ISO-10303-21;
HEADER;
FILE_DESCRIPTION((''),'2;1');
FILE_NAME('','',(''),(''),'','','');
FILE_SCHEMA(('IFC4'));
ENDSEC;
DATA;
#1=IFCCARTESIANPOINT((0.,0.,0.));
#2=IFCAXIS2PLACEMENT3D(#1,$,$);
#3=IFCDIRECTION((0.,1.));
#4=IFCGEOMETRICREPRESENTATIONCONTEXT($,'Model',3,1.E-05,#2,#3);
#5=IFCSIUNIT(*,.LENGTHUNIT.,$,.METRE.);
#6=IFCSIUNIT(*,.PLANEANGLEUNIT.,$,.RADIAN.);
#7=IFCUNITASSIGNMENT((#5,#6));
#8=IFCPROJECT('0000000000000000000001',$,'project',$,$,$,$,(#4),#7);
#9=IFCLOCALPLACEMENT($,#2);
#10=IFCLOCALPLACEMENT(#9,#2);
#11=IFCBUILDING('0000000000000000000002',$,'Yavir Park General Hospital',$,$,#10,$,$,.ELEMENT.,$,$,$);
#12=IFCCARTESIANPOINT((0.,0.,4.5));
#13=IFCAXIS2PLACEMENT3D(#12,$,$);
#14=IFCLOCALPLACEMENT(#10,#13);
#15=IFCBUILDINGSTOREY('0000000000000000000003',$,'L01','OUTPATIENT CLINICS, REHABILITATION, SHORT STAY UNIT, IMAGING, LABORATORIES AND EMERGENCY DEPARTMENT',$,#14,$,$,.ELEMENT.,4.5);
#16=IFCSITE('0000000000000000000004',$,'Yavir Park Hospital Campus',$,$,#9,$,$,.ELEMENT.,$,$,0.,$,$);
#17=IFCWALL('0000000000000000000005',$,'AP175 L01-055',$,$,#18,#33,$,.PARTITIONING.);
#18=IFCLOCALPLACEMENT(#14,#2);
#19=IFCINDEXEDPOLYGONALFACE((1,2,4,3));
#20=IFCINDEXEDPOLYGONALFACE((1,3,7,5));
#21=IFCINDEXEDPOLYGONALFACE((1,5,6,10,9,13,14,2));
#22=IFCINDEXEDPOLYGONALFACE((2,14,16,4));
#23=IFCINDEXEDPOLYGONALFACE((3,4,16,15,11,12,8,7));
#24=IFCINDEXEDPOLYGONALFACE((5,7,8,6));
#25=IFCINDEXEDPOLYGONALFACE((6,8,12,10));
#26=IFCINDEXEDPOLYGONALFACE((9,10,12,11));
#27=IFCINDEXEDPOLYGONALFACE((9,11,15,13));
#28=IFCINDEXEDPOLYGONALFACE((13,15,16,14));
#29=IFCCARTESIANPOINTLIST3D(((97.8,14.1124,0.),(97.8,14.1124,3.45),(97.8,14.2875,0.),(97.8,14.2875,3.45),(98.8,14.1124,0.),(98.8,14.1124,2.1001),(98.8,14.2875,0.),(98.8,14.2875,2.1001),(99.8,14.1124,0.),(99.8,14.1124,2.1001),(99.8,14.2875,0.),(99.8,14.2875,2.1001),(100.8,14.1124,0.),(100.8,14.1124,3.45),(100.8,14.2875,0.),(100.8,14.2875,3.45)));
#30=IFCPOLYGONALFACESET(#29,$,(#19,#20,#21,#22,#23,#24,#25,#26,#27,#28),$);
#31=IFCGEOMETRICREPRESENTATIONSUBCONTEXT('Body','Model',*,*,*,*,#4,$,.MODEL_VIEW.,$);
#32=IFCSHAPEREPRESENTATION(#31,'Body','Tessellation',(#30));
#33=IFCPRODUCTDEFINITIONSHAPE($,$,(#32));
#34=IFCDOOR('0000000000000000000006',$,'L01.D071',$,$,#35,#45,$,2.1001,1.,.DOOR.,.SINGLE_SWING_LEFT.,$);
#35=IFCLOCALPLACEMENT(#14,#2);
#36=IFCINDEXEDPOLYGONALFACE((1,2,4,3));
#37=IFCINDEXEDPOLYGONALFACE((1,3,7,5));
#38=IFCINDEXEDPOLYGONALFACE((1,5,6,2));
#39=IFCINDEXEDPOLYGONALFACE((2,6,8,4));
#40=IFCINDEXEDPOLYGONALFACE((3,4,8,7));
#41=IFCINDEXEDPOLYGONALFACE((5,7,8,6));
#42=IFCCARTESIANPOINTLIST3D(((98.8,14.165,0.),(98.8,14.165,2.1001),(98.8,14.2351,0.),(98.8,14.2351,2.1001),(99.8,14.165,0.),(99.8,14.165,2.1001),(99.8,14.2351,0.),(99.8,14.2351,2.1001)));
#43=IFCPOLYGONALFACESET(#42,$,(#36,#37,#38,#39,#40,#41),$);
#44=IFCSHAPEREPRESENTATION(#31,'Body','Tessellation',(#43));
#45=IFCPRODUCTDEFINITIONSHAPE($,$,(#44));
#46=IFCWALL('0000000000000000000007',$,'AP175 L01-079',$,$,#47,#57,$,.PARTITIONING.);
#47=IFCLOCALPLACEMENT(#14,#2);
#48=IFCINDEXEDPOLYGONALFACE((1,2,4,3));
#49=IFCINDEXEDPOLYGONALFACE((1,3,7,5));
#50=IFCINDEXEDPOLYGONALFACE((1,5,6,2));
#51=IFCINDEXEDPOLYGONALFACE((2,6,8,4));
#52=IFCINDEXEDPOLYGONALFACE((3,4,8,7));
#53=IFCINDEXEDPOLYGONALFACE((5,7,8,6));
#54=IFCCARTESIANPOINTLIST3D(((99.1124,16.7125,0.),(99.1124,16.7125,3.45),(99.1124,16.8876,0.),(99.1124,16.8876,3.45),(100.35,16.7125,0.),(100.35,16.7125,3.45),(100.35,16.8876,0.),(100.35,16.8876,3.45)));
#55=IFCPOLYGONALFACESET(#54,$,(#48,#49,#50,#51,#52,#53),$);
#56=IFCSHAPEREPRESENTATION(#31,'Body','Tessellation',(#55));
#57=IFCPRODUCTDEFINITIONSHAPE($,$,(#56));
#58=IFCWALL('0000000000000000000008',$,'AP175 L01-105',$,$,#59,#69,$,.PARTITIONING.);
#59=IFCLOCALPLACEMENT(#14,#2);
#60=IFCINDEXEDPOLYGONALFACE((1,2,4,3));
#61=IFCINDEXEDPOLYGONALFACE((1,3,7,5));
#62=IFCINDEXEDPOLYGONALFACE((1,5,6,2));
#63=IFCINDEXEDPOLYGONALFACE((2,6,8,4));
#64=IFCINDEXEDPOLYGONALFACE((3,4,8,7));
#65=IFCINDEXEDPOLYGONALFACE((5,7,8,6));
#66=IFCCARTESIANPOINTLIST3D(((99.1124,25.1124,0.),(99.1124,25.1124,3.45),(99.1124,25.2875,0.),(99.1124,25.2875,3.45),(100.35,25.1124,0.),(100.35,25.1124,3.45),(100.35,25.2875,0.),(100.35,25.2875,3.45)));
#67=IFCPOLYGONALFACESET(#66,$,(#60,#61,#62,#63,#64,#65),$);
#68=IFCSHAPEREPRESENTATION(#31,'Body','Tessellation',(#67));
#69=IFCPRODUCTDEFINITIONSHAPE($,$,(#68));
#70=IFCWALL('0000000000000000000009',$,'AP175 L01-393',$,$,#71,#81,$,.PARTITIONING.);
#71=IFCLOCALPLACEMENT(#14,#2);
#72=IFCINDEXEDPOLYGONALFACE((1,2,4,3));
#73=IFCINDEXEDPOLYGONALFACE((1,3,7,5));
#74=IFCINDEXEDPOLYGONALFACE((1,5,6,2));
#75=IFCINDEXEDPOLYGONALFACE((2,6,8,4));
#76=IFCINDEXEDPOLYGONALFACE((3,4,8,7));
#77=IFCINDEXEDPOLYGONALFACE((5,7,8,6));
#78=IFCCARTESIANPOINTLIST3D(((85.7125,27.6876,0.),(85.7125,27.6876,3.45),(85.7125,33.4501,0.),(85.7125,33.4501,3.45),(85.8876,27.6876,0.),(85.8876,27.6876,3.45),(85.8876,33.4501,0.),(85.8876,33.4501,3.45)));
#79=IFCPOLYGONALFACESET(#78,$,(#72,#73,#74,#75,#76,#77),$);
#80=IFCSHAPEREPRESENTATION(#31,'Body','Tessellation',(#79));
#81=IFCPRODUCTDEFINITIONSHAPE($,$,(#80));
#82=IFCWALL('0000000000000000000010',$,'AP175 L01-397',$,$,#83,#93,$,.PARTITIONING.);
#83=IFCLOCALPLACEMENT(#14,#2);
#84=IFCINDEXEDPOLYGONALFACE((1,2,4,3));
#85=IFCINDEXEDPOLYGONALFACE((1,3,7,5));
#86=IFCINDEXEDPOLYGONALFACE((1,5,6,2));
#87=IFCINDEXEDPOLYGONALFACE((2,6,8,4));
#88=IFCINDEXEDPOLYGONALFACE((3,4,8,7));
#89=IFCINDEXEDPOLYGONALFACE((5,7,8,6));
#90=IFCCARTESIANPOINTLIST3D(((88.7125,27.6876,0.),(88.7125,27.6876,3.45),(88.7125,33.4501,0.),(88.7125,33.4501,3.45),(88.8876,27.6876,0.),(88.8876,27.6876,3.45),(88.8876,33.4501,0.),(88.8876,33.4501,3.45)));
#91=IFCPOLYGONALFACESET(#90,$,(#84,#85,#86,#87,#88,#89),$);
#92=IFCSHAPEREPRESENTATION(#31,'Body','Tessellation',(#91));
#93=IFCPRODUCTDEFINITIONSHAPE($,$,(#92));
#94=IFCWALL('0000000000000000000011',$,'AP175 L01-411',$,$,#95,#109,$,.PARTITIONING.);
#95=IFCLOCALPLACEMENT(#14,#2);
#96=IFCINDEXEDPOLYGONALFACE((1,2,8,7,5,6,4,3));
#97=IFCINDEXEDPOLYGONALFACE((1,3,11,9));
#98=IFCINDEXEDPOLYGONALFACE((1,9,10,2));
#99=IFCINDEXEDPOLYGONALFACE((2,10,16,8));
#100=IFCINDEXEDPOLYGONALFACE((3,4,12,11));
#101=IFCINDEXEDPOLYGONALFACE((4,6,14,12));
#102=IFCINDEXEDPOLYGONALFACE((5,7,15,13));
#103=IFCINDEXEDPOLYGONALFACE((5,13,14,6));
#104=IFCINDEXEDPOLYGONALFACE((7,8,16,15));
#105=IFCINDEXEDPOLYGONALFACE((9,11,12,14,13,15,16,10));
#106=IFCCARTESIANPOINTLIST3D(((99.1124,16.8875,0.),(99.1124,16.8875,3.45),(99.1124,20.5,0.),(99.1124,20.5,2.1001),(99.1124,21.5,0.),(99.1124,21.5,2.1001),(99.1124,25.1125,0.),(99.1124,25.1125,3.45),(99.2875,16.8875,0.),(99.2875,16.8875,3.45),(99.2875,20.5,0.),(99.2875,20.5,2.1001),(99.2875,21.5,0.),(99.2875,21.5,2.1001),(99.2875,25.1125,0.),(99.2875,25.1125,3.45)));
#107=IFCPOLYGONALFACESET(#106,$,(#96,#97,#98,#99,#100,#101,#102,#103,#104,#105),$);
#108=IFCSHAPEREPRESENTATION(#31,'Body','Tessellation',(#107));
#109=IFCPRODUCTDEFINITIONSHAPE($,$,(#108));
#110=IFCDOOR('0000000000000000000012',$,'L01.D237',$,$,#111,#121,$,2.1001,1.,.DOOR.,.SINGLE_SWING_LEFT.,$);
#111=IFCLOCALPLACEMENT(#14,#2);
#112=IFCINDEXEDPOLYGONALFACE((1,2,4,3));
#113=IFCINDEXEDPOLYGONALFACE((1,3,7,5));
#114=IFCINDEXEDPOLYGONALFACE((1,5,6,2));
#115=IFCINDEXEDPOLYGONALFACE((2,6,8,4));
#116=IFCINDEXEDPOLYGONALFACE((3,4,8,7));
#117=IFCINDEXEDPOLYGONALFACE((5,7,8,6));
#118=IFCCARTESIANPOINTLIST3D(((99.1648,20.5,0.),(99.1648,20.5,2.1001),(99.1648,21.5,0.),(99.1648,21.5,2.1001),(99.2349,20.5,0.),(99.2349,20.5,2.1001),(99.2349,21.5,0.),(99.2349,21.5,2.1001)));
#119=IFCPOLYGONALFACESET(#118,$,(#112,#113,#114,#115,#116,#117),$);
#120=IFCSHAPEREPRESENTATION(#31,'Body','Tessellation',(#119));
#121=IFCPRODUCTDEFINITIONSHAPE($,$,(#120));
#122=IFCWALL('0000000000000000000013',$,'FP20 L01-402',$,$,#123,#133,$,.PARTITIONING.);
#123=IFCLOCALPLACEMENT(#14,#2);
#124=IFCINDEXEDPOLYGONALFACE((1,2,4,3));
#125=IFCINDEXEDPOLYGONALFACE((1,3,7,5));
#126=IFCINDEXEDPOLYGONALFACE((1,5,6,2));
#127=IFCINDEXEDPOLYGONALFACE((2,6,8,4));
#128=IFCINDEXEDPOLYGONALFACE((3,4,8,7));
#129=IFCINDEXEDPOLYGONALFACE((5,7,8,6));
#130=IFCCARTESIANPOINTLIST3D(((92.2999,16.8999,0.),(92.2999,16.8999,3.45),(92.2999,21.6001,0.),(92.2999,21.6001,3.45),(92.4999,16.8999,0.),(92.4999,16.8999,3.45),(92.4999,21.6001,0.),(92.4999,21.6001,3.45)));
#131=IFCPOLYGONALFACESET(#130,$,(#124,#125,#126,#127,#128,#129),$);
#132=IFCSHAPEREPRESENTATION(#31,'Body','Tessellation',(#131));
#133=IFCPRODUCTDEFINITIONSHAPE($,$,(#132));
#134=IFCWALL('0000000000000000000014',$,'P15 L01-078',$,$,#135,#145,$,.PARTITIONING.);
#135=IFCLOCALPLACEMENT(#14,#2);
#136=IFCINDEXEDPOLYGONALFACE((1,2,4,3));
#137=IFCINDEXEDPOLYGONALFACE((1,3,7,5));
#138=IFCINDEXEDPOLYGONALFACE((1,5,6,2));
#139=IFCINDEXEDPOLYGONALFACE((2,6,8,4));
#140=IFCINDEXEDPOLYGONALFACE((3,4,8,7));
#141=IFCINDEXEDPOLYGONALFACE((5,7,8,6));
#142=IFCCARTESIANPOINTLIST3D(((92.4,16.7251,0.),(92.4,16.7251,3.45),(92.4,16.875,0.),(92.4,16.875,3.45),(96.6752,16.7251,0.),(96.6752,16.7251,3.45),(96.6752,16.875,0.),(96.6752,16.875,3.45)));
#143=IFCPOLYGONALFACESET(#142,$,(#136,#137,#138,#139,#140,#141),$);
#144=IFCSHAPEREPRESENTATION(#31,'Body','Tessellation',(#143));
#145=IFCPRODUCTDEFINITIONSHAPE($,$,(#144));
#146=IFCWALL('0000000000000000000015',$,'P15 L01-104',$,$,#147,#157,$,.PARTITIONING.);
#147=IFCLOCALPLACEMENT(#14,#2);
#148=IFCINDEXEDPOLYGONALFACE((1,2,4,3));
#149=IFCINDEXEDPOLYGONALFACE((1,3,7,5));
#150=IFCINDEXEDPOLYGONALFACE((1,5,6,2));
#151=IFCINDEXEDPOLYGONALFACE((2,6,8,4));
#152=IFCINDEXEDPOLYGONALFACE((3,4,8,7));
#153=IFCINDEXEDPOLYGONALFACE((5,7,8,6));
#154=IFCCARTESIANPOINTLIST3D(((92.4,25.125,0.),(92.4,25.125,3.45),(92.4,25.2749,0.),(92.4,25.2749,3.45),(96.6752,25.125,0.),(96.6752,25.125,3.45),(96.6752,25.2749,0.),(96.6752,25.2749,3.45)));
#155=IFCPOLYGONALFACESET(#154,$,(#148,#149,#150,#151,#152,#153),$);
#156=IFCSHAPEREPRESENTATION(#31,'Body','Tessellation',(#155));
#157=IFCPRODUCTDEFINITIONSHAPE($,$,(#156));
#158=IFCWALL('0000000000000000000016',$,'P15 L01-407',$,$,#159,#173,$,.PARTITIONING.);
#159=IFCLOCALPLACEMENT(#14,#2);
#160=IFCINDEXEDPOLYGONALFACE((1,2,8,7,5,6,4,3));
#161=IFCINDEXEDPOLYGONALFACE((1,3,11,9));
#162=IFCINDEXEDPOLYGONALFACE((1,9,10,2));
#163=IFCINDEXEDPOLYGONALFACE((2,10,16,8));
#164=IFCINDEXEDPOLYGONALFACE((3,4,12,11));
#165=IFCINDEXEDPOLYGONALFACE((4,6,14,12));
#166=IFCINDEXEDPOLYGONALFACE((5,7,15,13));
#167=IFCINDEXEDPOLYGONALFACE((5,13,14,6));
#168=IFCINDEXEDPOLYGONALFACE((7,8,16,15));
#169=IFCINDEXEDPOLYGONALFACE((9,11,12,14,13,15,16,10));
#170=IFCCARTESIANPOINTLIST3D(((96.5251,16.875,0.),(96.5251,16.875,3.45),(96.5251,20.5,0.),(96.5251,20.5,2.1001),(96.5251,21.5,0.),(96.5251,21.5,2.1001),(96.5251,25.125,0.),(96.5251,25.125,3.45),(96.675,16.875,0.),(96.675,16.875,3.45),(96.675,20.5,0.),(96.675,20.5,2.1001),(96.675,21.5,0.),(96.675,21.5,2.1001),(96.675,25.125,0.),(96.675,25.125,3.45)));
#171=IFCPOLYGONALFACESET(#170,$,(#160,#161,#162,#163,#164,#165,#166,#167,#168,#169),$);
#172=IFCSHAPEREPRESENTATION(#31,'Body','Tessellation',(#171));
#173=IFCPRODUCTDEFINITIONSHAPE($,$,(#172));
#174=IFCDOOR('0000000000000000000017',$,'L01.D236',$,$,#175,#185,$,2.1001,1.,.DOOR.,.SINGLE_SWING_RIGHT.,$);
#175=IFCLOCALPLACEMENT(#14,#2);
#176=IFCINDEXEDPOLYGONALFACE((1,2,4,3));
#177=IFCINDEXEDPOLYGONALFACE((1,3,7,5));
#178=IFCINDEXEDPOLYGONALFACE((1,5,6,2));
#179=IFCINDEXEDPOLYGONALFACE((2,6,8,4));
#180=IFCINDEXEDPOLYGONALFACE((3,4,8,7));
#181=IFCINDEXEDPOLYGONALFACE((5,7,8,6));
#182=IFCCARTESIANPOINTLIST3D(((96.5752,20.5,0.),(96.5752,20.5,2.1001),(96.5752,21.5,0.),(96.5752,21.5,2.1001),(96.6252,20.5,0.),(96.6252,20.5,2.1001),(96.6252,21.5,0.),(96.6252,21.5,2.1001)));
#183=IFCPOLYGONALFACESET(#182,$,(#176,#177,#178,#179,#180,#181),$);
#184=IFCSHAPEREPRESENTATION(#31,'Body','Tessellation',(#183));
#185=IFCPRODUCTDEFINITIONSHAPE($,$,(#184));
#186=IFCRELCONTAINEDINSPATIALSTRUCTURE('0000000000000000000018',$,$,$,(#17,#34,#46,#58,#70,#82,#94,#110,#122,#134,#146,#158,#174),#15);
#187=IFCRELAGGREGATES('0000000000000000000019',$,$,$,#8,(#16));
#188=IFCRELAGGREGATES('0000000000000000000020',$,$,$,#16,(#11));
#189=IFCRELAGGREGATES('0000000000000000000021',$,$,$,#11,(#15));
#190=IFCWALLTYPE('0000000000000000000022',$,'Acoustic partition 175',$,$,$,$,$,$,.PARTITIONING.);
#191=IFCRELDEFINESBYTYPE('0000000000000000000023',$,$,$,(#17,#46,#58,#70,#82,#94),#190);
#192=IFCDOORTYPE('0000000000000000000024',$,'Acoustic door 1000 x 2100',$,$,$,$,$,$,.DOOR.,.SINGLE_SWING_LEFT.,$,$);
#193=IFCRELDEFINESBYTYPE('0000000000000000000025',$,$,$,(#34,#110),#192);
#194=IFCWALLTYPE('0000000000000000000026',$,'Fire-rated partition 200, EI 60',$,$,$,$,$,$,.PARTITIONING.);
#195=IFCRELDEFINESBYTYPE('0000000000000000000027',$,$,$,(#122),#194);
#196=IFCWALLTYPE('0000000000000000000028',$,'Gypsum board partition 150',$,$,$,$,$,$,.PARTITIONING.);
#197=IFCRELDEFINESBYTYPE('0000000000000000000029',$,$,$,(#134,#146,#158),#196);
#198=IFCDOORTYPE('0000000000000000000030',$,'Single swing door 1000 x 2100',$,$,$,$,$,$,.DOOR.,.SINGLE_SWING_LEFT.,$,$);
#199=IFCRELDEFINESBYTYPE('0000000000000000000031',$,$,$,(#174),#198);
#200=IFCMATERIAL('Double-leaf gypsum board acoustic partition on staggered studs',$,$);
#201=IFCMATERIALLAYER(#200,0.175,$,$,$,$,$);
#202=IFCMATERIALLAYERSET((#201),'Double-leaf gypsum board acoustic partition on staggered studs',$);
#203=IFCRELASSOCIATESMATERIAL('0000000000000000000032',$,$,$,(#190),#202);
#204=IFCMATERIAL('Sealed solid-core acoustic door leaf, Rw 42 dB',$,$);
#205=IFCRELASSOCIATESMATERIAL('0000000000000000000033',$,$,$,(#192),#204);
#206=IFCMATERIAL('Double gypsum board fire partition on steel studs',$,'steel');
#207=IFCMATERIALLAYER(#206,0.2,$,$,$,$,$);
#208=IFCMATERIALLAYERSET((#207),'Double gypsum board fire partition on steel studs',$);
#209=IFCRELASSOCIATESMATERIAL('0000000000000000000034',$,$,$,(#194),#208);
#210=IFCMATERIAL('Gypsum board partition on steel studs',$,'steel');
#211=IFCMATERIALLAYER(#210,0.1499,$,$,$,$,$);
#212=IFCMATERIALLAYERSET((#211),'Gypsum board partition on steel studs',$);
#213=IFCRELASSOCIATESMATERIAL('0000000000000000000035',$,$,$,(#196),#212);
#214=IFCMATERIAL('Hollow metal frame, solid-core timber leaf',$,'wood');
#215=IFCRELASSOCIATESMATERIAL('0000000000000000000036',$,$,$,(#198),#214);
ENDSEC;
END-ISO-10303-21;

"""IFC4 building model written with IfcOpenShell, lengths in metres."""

from ifc_helpers import new_model, si_unit, direction, frame, frame_2d, origin, place, context, subcontext, project, spatial, rectangle, extrude, material, layer, layer_set, type_object, element, fill, save


model = new_model("IFC4")

# Units and contexts
model_context = context("Model", 3, precision=1e-05, world=origin(), true_north=direction((0.0, 1.0)))
body_context = subcontext(model_context, "Body", "Model", "MODEL_VIEW")
ifc_project = project(units=[si_unit("LENGTHUNIT", "METRE"), si_unit("PLANEANGLEUNIT", "RADIAN")], contexts=[model_context])

# Site, building, storey
site_placement = place(None, origin())
site = spatial("IfcSite", under=ifc_project, at=site_placement, Name="Yavir Park Hospital Campus", CompositionType="ELEMENT", RefElevation=0.0)
building_placement = place(site_placement, origin())
building = spatial("IfcBuilding", under=site, at=building_placement, Name="Yavir Park General Hospital", CompositionType="ELEMENT")
storey_placement = place(building_placement, frame((0.0, 0.0, 4.5)))
storey = spatial("IfcBuildingStorey", under=building, at=storey_placement, Name="L01", Description="OUTPATIENT CLINICS, REHABILITATION, SHORT STAY UNIT, IMAGING, LABORATORIES AND EMERGENCY DEPARTMENT", CompositionType="ELEMENT", Elevation=4.5)

# Wall, opening, door
ifc_material_1 = material(Name="Double-leaf gypsum board acoustic partition on staggered studs")
ifc_layer_1 = layer(ifc_material_1, 0.175)
ifc_layer_set_1 = layer_set([ifc_layer_1], Name="Double-leaf gypsum board acoustic partition on staggered studs")
wall_type_1 = type_object("IfcWallType", Name="Acoustic partition 175", PredefinedType="PARTITIONING", material=ifc_layer_set_1)
wall_1_placement = place(storey_placement, frame((97.8, 14.2, 0.0), z_axis=(0.0, 0.0, 1.0), x_axis=(1.0, 0.0, 0.0)))
wall_1 = element("IfcWall", 1, at=wall_1_placement, inside=storey, type_object=wall_type_1, Name="AP175 L01-055", PredefinedType="PARTITIONING", context=body_context, shape_type="SweptSolid", body=[
    extrude(rectangle(XDim=3.0, YDim=0.175, at=frame_2d((1.5, 0.0))), origin(), (0.0, 0.0, 1.0), 3.45),
])
opening_1_placement = place(wall_1_placement, frame((1.0, 0.0, 0.0)))
opening_1 = element("IfcOpeningElement", 2, at=opening_1_placement, cuts=wall_1, PredefinedType="OPENING", context=body_context, shape_type="SweptSolid", body=[
    extrude(rectangle(XDim=1.0, YDim=2.1001, at=frame_2d((0.5, 1.05))), frame((0.0, 0.0974, 0.0), z_axis=(0.0, -1.0, 0.0), x_axis=(1.0, 0.0, 0.0)), (0.0, 0.0, 1.0), 0.1951),
])
ifc_material_2 = material(Name="Sealed solid-core acoustic door leaf, Rw 42 dB")
door_type_1 = type_object("IfcDoorType", Name="Acoustic door 1000 x 2100", OperationType="SINGLE_SWING_LEFT", PredefinedType="DOOR", material=ifc_material_2)
door_1_placement = place(opening_1_placement, origin())
door_1 = element("IfcDoor", 3, at=door_1_placement, inside=storey, type_object=door_type_1, Name="L01.D071", OperationType="SINGLE_SWING_LEFT", OverallHeight=2.1001, OverallWidth=1.0, PredefinedType="DOOR", context=body_context, shape_type="SweptSolid", body=[
    extrude(rectangle(XDim=1.0, YDim=2.1001, at=frame_2d((0.5, 1.05))), frame((0.0, 0.0352, 0.0), z_axis=(0.0, -1.0, 0.0), x_axis=(1.0, 0.0, 0.0)), (0.0, 0.0, 1.0), 0.0701),
])
fill(opening_1, door_1)

# Walls
for number, where, z_axis, x_axis, name in (
    (4, (99.1125, 16.8, 0.0), (0.0, 0.0, 1.0), (1.0, 0.0, 0.0), "AP175 L01-079"),
    (5, (99.1125, 25.2, 0.0), (0.0, 0.0, 1.0), (1.0, 0.0, 0.0), "AP175 L01-105"),
):
    element("IfcWall", number, at=place(storey_placement, frame(where, z_axis=z_axis, x_axis=x_axis)), inside=storey, type_object=wall_type_1, Name=name, PredefinedType="PARTITIONING", context=body_context, shape_type="SweptSolid", body=[
        extrude(rectangle(XDim=1.2375, YDim=0.175, at=frame_2d((0.6187, 0.0))), origin(), (0.0, 0.0, 1.0), 3.45),
    ])
for number, where, z_axis, x_axis, name in (
    (6, (85.8, 27.6875, 0.0), (0.0, 0.0, 1.0), (0.0, 1.0, 0.0), "AP175 L01-393"),
    (7, (88.8, 27.6875, 0.0), (0.0, 0.0, 1.0), (0.0, 1.0, 0.0), "AP175 L01-397"),
):
    element("IfcWall", number, at=place(storey_placement, frame(where, z_axis=z_axis, x_axis=x_axis)), inside=storey, type_object=wall_type_1, Name=name, PredefinedType="PARTITIONING", context=body_context, shape_type="SweptSolid", body=[
        extrude(rectangle(XDim=5.7625, YDim=0.175, at=frame_2d((2.8813, 0.0))), origin(), (0.0, 0.0, 1.0), 3.45),
    ])

# Wall, opening, door
wall_2_placement = place(storey_placement, frame((99.2, 16.8875, 0.0), z_axis=(0.0, 0.0, 1.0), x_axis=(0.0, 1.0, 0.0)))
wall_2 = element("IfcWall", 8, at=wall_2_placement, inside=storey, type_object=wall_type_1, Name="AP175 L01-411", PredefinedType="PARTITIONING", context=body_context, shape_type="SweptSolid", body=[
    extrude(rectangle(XDim=8.2251, YDim=0.175, at=frame_2d((4.1125, 0.0))), origin(), (0.0, 0.0, 1.0), 3.45),
])
opening_2_placement = place(wall_2_placement, frame((3.6125, 0.0, 0.0)))
opening_2 = element("IfcOpeningElement", 9, at=opening_2_placement, cuts=wall_2, PredefinedType="OPENING", context=body_context, shape_type="SweptSolid", body=[
    extrude(rectangle(XDim=1.0, YDim=2.1001, at=frame_2d((0.5, 1.05))), frame((0.0, 0.0974, 0.0), z_axis=(0.0, -1.0, 0.0), x_axis=(1.0, 0.0, 0.0)), (0.0, 0.0, 1.0), 0.1951),
])
door_2_placement = place(opening_2_placement, origin())
door_2 = element("IfcDoor", 10, at=door_2_placement, inside=storey, type_object=door_type_1, Name="L01.D237", OperationType="SINGLE_SWING_LEFT", OverallHeight=2.1001, OverallWidth=1.0, PredefinedType="DOOR", context=body_context, shape_type="SweptSolid", body=[
    extrude(rectangle(XDim=1.0, YDim=2.1001, at=frame_2d((0.5, 1.05))), frame((0.0, 0.0352, 0.0), z_axis=(0.0, -1.0, 0.0), x_axis=(1.0, 0.0, 0.0)), (0.0, 0.0, 1.0), 0.0701),
])
fill(opening_2, door_2)

# Walls
ifc_material_3 = material(Name="Double gypsum board fire partition on steel studs", Category="steel")
ifc_layer_2 = layer(ifc_material_3, 0.2)
ifc_layer_set_2 = layer_set([ifc_layer_2], Name="Double gypsum board fire partition on steel studs")
wall_type_2 = type_object("IfcWallType", Name="Fire-rated partition 200, EI 60", PredefinedType="PARTITIONING", material=ifc_layer_set_2)
wall_3_placement = place(storey_placement, frame((92.3999, 16.8999, 0.0), z_axis=(0.0, 0.0, 1.0), x_axis=(0.0, 1.0, 0.0)))
element("IfcWall", 11, at=wall_3_placement, inside=storey, type_object=wall_type_2, Name="FP20 L01-402", PredefinedType="PARTITIONING", context=body_context, shape_type="SweptSolid", body=[
    extrude(rectangle(XDim=4.7002, YDim=0.2, at=frame_2d((2.3501, 0.0))), origin(), (0.0, 0.0, 1.0), 3.45),
])
ifc_material_4 = material(Name="Gypsum board partition on steel studs", Category="steel")
ifc_layer_3 = layer(ifc_material_4, 0.1499)
ifc_layer_set_3 = layer_set([ifc_layer_3], Name="Gypsum board partition on steel studs")
wall_type_3 = type_object("IfcWallType", Name="Gypsum board partition 150", PredefinedType="PARTITIONING", material=ifc_layer_set_3)
for number, where, z_axis, x_axis, name in (
    (12, (92.3999, 16.8, 0.0), (0.0, 0.0, 1.0), (1.0, 0.0, 0.0), "P15 L01-078"),
    (13, (92.3999, 25.2, 0.0), (0.0, 0.0, 1.0), (1.0, 0.0, 0.0), "P15 L01-104"),
):
    element("IfcWall", number, at=place(storey_placement, frame(where, z_axis=z_axis, x_axis=x_axis)), inside=storey, type_object=wall_type_3, Name=name, PredefinedType="PARTITIONING", context=body_context, shape_type="SweptSolid", body=[
        extrude(rectangle(XDim=4.2751, YDim=0.1499, at=frame_2d((2.1377, 0.0))), origin(), (0.0, 0.0, 1.0), 3.45),
    ])

# Wall, opening, door
wall_4_placement = place(storey_placement, frame((96.6001, 16.875, 0.0), z_axis=(0.0, 0.0, 1.0), x_axis=(0.0, 1.0, 0.0)))
wall_4 = element("IfcWall", 14, at=wall_4_placement, inside=storey, type_object=wall_type_3, Name="P15 L01-407", PredefinedType="PARTITIONING", context=body_context, shape_type="SweptSolid", body=[
    extrude(rectangle(XDim=8.25, YDim=0.1499, at=frame_2d((4.125, 0.0))), origin(), (0.0, 0.0, 1.0), 3.45),
])
opening_3_placement = place(wall_4_placement, frame((3.625, 0.0, 0.0)))
opening_3 = element("IfcOpeningElement", 15, at=opening_3_placement, cuts=wall_4, PredefinedType="OPENING", context=body_context, shape_type="SweptSolid", body=[
    extrude(rectangle(XDim=1.0, YDim=2.1001, at=frame_2d((0.5, 1.05))), frame((0.0, 0.085, 0.0), z_axis=(0.0, -1.0, 0.0), x_axis=(1.0, 0.0, 0.0)), (0.0, 0.0, 1.0), 0.1699),
])
ifc_material_5 = material(Name="Hollow metal frame, solid-core timber leaf", Category="wood")
door_type_2 = type_object("IfcDoorType", Name="Single swing door 1000 x 2100", OperationType="SINGLE_SWING_LEFT", PredefinedType="DOOR", material=ifc_material_5)
door_3_placement = place(opening_3_placement, origin())
door_3 = element("IfcDoor", 16, at=door_3_placement, inside=storey, type_object=door_type_2, Name="L01.D236", OperationType="SINGLE_SWING_RIGHT", OverallHeight=2.1001, OverallWidth=1.0, PredefinedType="DOOR", context=body_context, shape_type="SweptSolid", body=[
    extrude(rectangle(XDim=1.0, YDim=2.1001, at=frame_2d((0.5, 1.05))), frame((0.0, 0.0249, 0.0), z_axis=(0.0, -1.0, 0.0), x_axis=(1.0, 0.0, 0.0)), (0.0, 0.0, 1.0), 0.05),
])
fill(opening_3, door_3)

save(model, "model.ifc")
